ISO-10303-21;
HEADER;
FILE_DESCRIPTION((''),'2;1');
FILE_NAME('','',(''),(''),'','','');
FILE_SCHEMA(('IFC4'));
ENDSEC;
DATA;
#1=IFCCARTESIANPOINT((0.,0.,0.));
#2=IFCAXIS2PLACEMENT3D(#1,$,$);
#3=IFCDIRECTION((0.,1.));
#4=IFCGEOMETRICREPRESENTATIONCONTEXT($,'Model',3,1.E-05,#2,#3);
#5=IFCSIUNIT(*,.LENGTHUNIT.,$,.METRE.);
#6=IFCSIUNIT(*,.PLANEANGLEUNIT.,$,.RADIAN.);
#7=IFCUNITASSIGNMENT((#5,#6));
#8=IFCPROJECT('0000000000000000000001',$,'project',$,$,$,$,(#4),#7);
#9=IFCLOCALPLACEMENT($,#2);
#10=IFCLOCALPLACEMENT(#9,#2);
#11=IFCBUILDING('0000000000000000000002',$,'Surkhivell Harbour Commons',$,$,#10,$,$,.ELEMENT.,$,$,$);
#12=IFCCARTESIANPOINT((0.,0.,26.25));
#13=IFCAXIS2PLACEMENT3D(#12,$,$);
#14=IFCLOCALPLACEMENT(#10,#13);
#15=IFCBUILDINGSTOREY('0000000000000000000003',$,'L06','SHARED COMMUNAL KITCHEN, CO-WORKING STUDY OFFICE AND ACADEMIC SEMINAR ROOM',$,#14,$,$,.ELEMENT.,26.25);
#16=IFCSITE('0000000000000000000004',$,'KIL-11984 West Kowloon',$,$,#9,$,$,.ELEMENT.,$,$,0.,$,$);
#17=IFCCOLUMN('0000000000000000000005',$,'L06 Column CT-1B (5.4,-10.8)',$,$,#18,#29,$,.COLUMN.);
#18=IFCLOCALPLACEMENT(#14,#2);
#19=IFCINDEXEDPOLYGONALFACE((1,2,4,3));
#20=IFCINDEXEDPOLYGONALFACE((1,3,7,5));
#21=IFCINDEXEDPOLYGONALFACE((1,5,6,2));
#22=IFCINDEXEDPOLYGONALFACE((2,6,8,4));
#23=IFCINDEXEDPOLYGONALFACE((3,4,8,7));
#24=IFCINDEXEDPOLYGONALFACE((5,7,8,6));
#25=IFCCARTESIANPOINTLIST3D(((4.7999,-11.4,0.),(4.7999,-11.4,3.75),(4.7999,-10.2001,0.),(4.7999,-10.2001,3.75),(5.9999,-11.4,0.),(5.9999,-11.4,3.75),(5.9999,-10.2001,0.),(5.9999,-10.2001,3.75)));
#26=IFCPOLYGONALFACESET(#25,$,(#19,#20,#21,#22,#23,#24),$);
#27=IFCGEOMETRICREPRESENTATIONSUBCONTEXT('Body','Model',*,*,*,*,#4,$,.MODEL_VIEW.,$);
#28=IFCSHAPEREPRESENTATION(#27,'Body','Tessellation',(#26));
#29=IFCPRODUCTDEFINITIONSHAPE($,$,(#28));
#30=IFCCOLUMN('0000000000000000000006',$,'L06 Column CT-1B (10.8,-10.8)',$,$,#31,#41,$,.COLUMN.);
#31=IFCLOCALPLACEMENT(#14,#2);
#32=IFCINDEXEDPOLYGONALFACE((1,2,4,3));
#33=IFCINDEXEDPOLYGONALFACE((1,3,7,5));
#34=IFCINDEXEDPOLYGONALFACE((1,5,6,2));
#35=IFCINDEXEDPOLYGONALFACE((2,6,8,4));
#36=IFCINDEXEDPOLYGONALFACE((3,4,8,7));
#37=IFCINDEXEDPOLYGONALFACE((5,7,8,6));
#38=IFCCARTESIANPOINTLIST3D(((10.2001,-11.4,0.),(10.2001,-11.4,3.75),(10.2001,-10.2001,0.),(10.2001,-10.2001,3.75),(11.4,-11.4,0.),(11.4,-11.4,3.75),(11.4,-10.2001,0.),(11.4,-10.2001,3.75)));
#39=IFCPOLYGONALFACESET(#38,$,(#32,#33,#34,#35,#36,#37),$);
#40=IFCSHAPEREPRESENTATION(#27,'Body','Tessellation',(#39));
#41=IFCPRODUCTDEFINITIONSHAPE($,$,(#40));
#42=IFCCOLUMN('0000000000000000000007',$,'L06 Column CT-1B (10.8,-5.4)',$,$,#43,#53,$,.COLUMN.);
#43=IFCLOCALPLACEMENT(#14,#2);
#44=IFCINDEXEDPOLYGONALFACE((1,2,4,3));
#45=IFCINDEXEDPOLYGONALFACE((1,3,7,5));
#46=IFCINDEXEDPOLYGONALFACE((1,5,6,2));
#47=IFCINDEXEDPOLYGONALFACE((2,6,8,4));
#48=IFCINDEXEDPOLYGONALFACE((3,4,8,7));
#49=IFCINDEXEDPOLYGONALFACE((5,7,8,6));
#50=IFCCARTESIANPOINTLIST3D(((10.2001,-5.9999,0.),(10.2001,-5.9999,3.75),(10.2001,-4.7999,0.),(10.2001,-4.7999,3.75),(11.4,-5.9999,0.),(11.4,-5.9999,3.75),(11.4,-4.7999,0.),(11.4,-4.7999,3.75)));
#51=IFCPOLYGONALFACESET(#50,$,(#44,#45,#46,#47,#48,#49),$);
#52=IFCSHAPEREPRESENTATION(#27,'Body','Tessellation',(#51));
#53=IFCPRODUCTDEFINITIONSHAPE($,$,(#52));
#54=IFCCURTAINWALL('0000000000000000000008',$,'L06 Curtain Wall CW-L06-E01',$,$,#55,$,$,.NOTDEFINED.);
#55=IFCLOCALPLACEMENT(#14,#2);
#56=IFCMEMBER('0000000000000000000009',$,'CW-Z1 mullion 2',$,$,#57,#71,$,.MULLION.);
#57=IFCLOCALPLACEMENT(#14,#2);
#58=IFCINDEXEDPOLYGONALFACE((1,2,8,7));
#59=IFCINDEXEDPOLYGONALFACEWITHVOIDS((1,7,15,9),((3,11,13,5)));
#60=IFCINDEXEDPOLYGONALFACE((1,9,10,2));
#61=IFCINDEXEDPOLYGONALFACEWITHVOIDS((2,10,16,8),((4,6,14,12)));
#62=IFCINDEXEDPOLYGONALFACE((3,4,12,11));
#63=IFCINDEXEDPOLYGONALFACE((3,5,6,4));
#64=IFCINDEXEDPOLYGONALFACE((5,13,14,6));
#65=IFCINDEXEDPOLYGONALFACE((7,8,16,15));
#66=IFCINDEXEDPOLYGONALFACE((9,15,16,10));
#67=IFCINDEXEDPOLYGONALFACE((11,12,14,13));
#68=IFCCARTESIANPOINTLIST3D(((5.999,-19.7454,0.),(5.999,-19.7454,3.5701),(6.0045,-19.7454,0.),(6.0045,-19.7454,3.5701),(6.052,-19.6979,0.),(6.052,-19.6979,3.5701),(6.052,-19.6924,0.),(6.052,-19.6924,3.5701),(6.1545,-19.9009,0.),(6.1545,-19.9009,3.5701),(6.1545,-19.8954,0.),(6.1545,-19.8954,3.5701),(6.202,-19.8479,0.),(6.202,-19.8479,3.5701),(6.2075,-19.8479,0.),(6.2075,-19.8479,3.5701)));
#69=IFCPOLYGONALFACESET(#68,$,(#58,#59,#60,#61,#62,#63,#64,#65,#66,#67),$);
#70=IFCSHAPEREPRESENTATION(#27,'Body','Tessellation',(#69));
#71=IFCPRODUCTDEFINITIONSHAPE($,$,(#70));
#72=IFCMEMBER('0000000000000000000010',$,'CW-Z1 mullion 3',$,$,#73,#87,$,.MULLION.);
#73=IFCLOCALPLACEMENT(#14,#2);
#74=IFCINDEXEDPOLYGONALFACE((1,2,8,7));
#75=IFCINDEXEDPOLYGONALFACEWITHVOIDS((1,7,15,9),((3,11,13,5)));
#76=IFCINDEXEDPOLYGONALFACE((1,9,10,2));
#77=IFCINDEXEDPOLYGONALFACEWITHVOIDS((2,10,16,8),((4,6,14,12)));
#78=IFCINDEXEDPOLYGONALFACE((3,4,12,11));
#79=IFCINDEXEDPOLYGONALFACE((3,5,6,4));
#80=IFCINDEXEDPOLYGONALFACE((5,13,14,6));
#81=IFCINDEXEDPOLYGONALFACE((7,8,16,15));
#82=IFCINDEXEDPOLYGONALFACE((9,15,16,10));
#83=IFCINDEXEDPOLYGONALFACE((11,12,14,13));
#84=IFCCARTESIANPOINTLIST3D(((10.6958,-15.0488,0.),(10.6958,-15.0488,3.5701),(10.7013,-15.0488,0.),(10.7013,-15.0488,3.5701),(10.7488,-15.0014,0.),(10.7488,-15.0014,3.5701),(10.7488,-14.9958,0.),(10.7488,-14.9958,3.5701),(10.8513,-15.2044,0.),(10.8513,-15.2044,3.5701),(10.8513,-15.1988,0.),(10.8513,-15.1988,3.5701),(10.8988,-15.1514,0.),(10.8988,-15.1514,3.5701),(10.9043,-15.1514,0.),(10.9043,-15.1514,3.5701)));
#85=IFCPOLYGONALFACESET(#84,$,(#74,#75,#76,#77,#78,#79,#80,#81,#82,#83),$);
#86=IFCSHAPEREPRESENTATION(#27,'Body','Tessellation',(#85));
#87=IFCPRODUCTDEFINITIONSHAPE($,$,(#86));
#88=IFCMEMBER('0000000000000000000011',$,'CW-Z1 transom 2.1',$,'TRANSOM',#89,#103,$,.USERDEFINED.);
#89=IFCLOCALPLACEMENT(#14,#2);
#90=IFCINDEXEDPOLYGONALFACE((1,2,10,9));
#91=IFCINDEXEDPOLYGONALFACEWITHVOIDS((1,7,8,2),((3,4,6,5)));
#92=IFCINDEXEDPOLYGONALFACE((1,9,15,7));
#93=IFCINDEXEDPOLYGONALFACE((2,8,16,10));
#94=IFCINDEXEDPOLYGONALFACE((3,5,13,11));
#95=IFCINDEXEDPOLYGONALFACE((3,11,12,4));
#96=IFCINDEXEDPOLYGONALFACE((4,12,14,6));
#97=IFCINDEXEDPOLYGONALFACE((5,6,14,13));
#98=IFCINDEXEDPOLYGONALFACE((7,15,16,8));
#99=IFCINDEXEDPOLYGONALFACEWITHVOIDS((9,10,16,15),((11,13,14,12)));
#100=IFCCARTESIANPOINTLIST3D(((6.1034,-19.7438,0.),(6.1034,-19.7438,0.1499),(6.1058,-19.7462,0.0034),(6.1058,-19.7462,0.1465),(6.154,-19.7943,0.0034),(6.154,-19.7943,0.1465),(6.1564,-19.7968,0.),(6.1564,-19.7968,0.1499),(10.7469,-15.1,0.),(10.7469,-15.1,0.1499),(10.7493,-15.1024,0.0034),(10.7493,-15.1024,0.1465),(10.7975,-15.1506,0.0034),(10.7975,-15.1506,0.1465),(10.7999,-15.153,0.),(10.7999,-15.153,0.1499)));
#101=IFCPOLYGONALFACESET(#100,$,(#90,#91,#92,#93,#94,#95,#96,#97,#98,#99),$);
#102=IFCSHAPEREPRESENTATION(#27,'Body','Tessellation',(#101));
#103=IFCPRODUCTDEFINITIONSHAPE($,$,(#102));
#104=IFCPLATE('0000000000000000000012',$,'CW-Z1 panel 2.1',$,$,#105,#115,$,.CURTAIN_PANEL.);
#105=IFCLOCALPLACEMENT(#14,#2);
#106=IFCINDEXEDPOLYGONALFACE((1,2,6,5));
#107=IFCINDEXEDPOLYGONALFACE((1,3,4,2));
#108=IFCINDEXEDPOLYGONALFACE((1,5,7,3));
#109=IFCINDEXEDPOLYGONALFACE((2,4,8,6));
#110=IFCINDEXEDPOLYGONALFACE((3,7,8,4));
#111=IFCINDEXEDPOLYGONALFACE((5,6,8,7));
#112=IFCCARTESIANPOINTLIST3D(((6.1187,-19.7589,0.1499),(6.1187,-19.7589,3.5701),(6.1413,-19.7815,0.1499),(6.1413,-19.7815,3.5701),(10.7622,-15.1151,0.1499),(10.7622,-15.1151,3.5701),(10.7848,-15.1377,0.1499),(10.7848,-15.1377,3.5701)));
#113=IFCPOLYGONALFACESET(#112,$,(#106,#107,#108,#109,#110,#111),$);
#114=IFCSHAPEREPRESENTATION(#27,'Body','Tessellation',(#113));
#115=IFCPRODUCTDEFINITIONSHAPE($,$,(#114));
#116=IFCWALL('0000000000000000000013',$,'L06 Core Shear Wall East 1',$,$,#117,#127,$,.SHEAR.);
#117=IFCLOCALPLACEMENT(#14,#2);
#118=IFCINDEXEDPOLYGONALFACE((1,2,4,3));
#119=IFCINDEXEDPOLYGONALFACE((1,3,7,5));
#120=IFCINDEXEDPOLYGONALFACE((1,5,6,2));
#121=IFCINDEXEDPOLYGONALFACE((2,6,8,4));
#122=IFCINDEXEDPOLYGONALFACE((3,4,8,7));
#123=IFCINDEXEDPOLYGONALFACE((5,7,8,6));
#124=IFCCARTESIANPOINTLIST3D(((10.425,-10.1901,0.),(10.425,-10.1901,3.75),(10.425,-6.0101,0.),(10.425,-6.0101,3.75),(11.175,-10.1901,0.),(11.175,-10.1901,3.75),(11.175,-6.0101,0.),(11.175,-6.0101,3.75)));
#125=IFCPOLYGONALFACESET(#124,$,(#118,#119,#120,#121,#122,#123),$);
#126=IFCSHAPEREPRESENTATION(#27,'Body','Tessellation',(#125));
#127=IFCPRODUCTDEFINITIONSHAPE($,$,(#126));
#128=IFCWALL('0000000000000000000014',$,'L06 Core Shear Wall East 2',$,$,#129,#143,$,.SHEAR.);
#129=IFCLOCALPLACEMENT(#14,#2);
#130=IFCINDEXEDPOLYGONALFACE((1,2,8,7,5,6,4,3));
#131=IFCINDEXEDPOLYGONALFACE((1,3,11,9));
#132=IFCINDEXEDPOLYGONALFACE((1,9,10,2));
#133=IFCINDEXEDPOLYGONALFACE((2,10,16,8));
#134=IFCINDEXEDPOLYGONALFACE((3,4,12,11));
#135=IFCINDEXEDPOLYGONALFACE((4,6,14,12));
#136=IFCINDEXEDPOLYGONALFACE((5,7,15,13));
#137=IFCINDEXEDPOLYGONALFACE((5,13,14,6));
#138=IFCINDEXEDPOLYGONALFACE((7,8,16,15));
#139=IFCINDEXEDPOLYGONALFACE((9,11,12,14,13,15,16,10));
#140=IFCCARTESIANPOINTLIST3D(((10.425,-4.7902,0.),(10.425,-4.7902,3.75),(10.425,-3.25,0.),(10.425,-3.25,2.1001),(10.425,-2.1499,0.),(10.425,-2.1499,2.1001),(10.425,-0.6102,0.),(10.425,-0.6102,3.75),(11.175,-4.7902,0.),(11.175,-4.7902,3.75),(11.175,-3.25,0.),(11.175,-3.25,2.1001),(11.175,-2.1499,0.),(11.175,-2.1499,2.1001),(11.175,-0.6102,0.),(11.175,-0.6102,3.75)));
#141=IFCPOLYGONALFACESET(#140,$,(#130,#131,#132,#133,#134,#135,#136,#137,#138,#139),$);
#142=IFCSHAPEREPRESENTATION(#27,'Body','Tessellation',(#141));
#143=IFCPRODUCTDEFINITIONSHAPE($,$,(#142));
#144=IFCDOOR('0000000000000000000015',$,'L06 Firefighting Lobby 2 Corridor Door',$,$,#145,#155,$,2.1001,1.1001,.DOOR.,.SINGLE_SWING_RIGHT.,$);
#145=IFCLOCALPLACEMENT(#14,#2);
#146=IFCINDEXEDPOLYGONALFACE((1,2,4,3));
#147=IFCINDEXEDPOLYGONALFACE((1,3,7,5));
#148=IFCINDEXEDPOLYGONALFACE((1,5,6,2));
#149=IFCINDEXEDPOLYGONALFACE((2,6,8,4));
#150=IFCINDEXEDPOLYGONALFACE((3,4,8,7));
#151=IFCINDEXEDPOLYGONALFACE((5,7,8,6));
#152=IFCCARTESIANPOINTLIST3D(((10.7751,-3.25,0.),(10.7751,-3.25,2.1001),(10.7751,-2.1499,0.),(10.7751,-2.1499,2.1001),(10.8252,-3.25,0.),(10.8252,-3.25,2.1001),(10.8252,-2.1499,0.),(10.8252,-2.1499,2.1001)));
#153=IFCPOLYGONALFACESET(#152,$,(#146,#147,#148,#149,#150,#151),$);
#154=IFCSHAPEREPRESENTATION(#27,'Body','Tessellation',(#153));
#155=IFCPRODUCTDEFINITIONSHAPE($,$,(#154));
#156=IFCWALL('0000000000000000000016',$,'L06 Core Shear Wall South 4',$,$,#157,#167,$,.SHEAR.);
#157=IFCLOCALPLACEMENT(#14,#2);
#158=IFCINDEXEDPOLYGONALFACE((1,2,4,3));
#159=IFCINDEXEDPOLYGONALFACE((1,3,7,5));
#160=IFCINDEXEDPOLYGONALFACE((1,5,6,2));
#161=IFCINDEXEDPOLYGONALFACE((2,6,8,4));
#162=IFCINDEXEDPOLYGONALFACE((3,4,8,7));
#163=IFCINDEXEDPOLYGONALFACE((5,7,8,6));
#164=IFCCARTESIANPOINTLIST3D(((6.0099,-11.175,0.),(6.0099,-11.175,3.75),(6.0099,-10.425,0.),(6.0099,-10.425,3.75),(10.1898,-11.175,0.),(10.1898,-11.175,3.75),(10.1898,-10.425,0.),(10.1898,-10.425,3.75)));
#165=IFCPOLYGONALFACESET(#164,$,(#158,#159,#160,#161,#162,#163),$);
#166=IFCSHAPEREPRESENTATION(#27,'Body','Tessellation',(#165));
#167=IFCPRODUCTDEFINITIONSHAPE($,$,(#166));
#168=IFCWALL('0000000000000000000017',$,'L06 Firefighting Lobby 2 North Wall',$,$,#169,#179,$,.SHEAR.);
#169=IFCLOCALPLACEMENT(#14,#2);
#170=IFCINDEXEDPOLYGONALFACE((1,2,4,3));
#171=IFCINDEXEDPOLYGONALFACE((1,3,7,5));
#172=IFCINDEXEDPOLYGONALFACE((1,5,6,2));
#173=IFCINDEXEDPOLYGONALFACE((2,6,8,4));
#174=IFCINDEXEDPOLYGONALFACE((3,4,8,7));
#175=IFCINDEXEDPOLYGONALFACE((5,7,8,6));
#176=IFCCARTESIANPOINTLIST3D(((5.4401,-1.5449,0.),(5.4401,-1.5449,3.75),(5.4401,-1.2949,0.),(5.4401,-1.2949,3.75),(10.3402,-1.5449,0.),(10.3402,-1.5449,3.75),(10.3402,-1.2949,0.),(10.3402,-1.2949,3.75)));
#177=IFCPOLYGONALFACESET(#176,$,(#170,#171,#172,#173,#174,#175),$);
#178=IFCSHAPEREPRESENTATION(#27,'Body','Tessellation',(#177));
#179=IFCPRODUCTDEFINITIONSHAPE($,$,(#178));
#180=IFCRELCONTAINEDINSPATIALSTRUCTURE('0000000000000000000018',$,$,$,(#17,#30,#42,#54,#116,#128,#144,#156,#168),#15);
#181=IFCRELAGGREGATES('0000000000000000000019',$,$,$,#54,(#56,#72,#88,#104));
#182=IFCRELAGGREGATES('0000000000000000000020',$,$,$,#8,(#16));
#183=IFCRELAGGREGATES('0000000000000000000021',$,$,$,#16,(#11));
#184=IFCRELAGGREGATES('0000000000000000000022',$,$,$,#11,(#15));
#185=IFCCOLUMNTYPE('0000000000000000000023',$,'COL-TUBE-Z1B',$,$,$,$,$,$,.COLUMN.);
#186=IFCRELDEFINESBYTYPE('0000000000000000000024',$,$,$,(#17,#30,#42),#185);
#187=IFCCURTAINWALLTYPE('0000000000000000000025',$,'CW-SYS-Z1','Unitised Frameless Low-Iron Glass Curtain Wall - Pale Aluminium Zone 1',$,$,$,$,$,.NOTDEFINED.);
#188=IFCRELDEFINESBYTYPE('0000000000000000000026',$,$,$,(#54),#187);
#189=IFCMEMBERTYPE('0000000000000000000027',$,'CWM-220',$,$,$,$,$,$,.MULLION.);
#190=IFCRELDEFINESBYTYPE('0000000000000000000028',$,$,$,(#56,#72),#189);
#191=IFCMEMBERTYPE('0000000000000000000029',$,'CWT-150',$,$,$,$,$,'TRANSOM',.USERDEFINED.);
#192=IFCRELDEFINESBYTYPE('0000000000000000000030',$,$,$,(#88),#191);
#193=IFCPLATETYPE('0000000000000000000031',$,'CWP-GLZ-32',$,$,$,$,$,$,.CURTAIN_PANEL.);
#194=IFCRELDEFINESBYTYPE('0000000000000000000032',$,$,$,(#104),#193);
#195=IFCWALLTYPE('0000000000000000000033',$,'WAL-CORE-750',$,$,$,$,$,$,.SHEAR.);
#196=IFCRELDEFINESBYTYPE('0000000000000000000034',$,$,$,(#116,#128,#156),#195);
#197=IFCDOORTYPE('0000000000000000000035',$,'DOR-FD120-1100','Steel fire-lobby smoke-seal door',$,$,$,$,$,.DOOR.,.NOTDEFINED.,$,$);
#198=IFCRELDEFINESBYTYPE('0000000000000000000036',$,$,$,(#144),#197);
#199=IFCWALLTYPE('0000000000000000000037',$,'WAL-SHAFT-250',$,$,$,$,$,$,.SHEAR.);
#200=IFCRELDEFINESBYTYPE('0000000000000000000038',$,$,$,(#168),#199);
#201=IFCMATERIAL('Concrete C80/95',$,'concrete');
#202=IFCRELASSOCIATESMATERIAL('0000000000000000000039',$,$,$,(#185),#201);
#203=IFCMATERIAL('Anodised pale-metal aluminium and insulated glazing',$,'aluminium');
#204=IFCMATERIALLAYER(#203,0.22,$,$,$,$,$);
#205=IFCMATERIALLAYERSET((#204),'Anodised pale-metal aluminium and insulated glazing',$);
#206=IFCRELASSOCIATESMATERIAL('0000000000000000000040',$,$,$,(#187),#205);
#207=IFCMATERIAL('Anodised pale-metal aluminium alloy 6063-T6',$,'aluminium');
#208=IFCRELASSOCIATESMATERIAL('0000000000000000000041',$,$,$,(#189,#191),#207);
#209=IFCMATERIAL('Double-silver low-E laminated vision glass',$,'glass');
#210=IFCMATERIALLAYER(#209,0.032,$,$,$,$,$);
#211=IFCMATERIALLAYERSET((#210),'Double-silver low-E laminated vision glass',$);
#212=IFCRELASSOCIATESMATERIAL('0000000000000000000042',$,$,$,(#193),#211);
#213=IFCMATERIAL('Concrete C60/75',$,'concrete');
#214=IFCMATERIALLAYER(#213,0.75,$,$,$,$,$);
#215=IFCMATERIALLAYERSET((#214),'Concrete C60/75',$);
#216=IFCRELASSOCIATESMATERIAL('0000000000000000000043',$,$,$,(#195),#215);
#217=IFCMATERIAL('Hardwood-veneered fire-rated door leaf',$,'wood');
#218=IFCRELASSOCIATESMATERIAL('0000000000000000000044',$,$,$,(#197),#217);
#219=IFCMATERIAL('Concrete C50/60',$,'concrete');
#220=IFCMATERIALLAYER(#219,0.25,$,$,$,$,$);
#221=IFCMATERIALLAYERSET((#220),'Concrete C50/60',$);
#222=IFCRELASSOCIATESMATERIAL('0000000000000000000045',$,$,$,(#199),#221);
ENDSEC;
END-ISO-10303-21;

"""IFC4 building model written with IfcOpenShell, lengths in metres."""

from ifc_helpers import new_model, si_unit, direction, frame, frame_2d, origin, origin_2d, place, context, subcontext, project, spatial, rectangle, hollow_rectangle, extrude, material, layer, layer_set, material_profile, profile_set, type_object, element, fill, aggregate, save


model = new_model("IFC4")

# Units and contexts
model_context = context("Model", 3, precision=1e-05, world=origin(), true_north=direction((0.0, 1.0)))
body_context = subcontext(model_context, "Body", "Model", "MODEL_VIEW")
ifc_project = project(units=[si_unit("LENGTHUNIT", "METRE"), si_unit("PLANEANGLEUNIT", "RADIAN")], contexts=[model_context])

# Site, building, storey
site_placement = place(None, origin())
site = spatial("IfcSite", under=ifc_project, at=site_placement, Name="KIL-11984 West Kowloon", CompositionType="ELEMENT", RefElevation=0.0)
building_placement = place(site_placement, origin())
building = spatial("IfcBuilding", under=site, at=building_placement, Name="Surkhivell Harbour Commons", CompositionType="ELEMENT")
storey_placement = place(building_placement, frame((0.0, 0.0, 26.25)))
storey = spatial("IfcBuildingStorey", under=building, at=storey_placement, Name="L06", Description="SHARED COMMUNAL KITCHEN, CO-WORKING STUDY OFFICE AND ACADEMIC SEMINAR ROOM", CompositionType="ELEMENT", Elevation=26.25)

# Columns
ifc_material_1 = material(Name="Concrete C80/95", Category="concrete")
ifc_material_profile_1 = material_profile(ifc_material_1, rectangle(XDim=1.2, YDim=1.2, at=origin_2d()), Name="RC-COL-1200x1200")
ifc_profile_set_1 = profile_set([ifc_material_profile_1], Name="Concrete C80/95")
column_type = type_object("IfcColumnType", Name="COL-TUBE-Z1B", PredefinedType="COLUMN", material=ifc_profile_set_1)
for number, where, z_axis, x_axis, name in (
    (1, (5.3999, -10.8, 0.0), (0.0, 0.0, 1.0), (1.0, 0.0, 0.0), "L06 Column CT-1B (5.4,-10.8)"),
    (2, (10.8, -10.8, 0.0), (0.0, 0.0, 1.0), (1.0, 0.0, 0.0), "L06 Column CT-1B (10.8,-10.8)"),
    (3, (10.8, -5.3999, 0.0), (0.0, 0.0, 1.0), (1.0, 0.0, 0.0), "L06 Column CT-1B (10.8,-5.4)"),
):
    element("IfcColumn", number, at=place(storey_placement, frame(where, z_axis=z_axis, x_axis=x_axis)), inside=storey, type_object=column_type, Name=name, PredefinedType="COLUMN", context=body_context, shape_type="SweptSolid", body=[
        extrude(rectangle(XDim=1.2, YDim=1.2, at=origin_2d()), origin(), (0.0, 0.0, 1.0), 3.75),
    ])

# Curtain wall, members, plate
ifc_material_2 = material(Name="Anodised pale-metal aluminium and insulated glazing", Category="aluminium")
ifc_layer_1 = layer(ifc_material_2, 0.22)
ifc_layer_set_1 = layer_set([ifc_layer_1], Name="Anodised pale-metal aluminium and insulated glazing")
curtain_wall_type = type_object("IfcCurtainWallType", Name="CW-SYS-Z1", Description="Unitised Frameless Low-Iron Glass Curtain Wall - Pale Aluminium Zone 1", PredefinedType="NOTDEFINED", material=ifc_layer_set_1)
curtain_wall_placement = place(storey_placement, origin())
curtain_wall = element("IfcCurtainWall", 4, at=curtain_wall_placement, inside=storey, type_object=curtain_wall_type, Name="L06 Curtain Wall CW-L06-E01", PredefinedType="NOTDEFINED")
ifc_material_3 = material(Name="Anodised pale-metal aluminium alloy 6063-T6", Category="aluminium")
ifc_material_profile_2 = material_profile(ifc_material_3, hollow_rectangle(XDim=0.075, YDim=0.22, WallThickness=0.0039, at=origin_2d()), Name="ALU-MULL-75x220")
ifc_profile_set_2 = profile_set([ifc_material_profile_2], Name="Anodised pale-metal aluminium alloy 6063-T6")
member_type_1 = type_object("IfcMemberType", Name="CWM-220", PredefinedType="MULLION", material=ifc_profile_set_2)
member_1_placement = place(storey_placement, frame((6.1033, -19.7966, 0.0), z_axis=(0.0, 0.0, 1.0), x_axis=(0.707107, 0.707107, 0.0)))
member_1 = element("IfcMember", 5, at=member_1_placement, type_object=member_type_1, Name="CW-Z1 mullion 2", PredefinedType="MULLION", context=body_context, shape_type="SweptSolid", body=[
    extrude(hollow_rectangle(XDim=0.075, YDim=0.22, WallThickness=0.0039, at=origin_2d()), origin(), (0.0, 0.0, 1.0), 3.5701),
])
member_2_placement = place(storey_placement, frame((10.8, -15.1001, 0.0), z_axis=(0.0, 0.0, 1.0), x_axis=(0.707107, 0.707107, 0.0)))
member_2 = element("IfcMember", 6, at=member_2_placement, type_object=member_type_1, Name="CW-Z1 mullion 3", PredefinedType="MULLION", context=body_context, shape_type="SweptSolid", body=[
    extrude(hollow_rectangle(XDim=0.075, YDim=0.22, WallThickness=0.0039, at=origin_2d()), origin(), (0.0, 0.0, 1.0), 3.5701),
])
ifc_material_profile_3 = material_profile(ifc_material_3, hollow_rectangle(XDim=0.075, YDim=0.1499, WallThickness=0.0034, at=origin_2d()), Name="ALU-TRAN-75x150")
ifc_profile_set_3 = profile_set([ifc_material_profile_3], Name="Anodised pale-metal aluminium alloy 6063-T6")
member_type_2 = type_object("IfcMemberType", Name="CWT-150", ElementType="TRANSOM", PredefinedType="USERDEFINED", material=ifc_profile_set_3)
member_3_placement = place(storey_placement, frame((6.1299, -19.7703, 0.075), z_axis=(0.707088, 0.707125, 0.0), x_axis=(-0.707125, 0.707088, 0.0)))
member_3 = element("IfcMember", 7, at=member_3_placement, type_object=member_type_2, Name="CW-Z1 transom 2.1", ObjectType="TRANSOM", PredefinedType="USERDEFINED", context=body_context, shape_type="SweptSolid", body=[
    extrude(hollow_rectangle(XDim=0.075, YDim=0.1499, WallThickness=0.0034, at=origin_2d()), origin(), (0.0, 0.0, 1.0), 6.5671),
])
ifc_material_4 = material(Name="Double-silver low-E laminated vision glass", Category="glass")
ifc_layer_2 = layer(ifc_material_4, 0.032)
ifc_layer_set_2 = layer_set([ifc_layer_2], Name="Double-silver low-E laminated vision glass")
plate_type = type_object("IfcPlateType", Name="CWP-GLZ-32", PredefinedType="CURTAIN_PANEL", material=ifc_layer_set_2)
plate_placement = place(storey_placement, frame((6.1299, -19.7703, 0.1499), z_axis=(0.0, 0.0, 1.0), x_axis=(0.707088, 0.707125, 0.0)))
plate = element("IfcPlate", 8, at=plate_placement, type_object=plate_type, Name="CW-Z1 panel 2.1", PredefinedType="CURTAIN_PANEL", context=body_context, shape_type="SweptSolid", body=[
    extrude(rectangle(XDim=6.5671, YDim=0.032, at=frame_2d((3.2837, 0.0))), origin(), (0.0, 0.0, 1.0), 3.4202),
])
aggregate(curtain_wall, [member_1, member_2, member_3, plate])

# Wall
ifc_material_5 = material(Name="Concrete C60/75", Category="concrete")
ifc_layer_3 = layer(ifc_material_5, 0.75)
ifc_layer_set_3 = layer_set([ifc_layer_3], Name="Concrete C60/75")
wall_type_1 = type_object("IfcWallType", Name="WAL-CORE-750", PredefinedType="SHEAR", material=ifc_layer_set_3)
wall_1_placement = place(storey_placement, frame((10.8, -10.1899, 0.0), z_axis=(0.0, 0.0, 1.0), x_axis=(0.0, 1.0, 0.0)))
element("IfcWall", 9, at=wall_1_placement, inside=storey, type_object=wall_type_1, Name="L06 Core Shear Wall East 1", PredefinedType="SHEAR", context=body_context, shape_type="SweptSolid", body=[
    extrude(rectangle(XDim=4.1799, YDim=0.75, at=frame_2d((2.0898, 0.0))), origin(), (0.0, 0.0, 1.0), 3.75),
])

# Wall, opening, door
wall_2_placement = place(storey_placement, frame((10.8, -4.79, 0.0), z_axis=(0.0, 0.0, 1.0), x_axis=(0.0, 1.0, 0.0)))
wall_2 = element("IfcWall", 10, at=wall_2_placement, inside=storey, type_object=wall_type_1, Name="L06 Core Shear Wall East 2", PredefinedType="SHEAR", context=body_context, shape_type="SweptSolid", body=[
    extrude(rectangle(XDim=4.1799, YDim=0.75, at=frame_2d((2.0898, 0.0))), origin(), (0.0, 0.0, 1.0), 3.75),
])
opening_1_placement = place(wall_2_placement, frame((1.54, 0.0, 0.0)))
opening_1 = element("IfcOpeningElement", 11, at=opening_1_placement, cuts=wall_2, PredefinedType="OPENING", context=body_context, shape_type="SweptSolid", body=[
    extrude(rectangle(XDim=1.1001, YDim=2.1001, at=frame_2d((0.55, 1.05))), frame((0.0, 0.385, 0.0), z_axis=(0.0, -1.0, 0.0), x_axis=(1.0, 0.0, 0.0)), (0.0, 0.0, 1.0), 0.77),
])
ifc_material_6 = material(Name="Hardwood-veneered fire-rated door leaf", Category="wood")
door_type_1 = type_object("IfcDoorType", Name="DOR-FD120-1100", Description="Steel fire-lobby smoke-seal door", OperationType="NOTDEFINED", PredefinedType="DOOR", material=ifc_material_6)
door_1_placement = place(opening_1_placement, origin())
door_1 = element("IfcDoor", 12, at=door_1_placement, inside=storey, type_object=door_type_1, Name="L06 Firefighting Lobby 2 Corridor Door", OperationType="SINGLE_SWING_RIGHT", OverallHeight=2.1001, OverallWidth=1.1001, PredefinedType="DOOR", context=body_context, shape_type="SweptSolid", body=[
    extrude(rectangle(XDim=1.1001, YDim=2.1001, at=frame_2d((0.55, 1.05))), frame((0.0, 0.0249, 0.0), z_axis=(0.0, -1.0, 0.0), x_axis=(1.0, 0.0, 0.0)), (0.0, 0.0, 1.0), 0.05),
])
fill(opening_1, door_1)

# Walls
wall_3_placement = place(storey_placement, frame((6.01, -10.8, 0.0), z_axis=(0.0, 0.0, 1.0), x_axis=(1.0, 0.0, 0.0)))
element("IfcWall", 13, at=wall_3_placement, inside=storey, type_object=wall_type_1, Name="L06 Core Shear Wall South 4", PredefinedType="SHEAR", context=body_context, shape_type="SweptSolid", body=[
    extrude(rectangle(XDim=4.1799, YDim=0.75, at=frame_2d((2.0898, 0.0))), origin(), (0.0, 0.0, 1.0), 3.75),
])
ifc_material_7 = material(Name="Concrete C50/60", Category="concrete")
ifc_layer_4 = layer(ifc_material_7, 0.25)
ifc_layer_set_4 = layer_set([ifc_layer_4], Name="Concrete C50/60")
wall_type_2 = type_object("IfcWallType", Name="WAL-SHAFT-250", PredefinedType="SHEAR", material=ifc_layer_set_4)
wall_4_placement = place(storey_placement, frame((5.4399, -1.4199, 0.0), z_axis=(0.0, 0.0, 1.0), x_axis=(1.0, 0.0, 0.0)))
element("IfcWall", 14, at=wall_4_placement, inside=storey, type_object=wall_type_2, Name="L06 Firefighting Lobby 2 North Wall", PredefinedType="SHEAR", context=body_context, shape_type="SweptSolid", body=[
    extrude(rectangle(XDim=4.9001, YDim=0.25, at=frame_2d((2.4502, 0.0))), origin(), (0.0, 0.0, 1.0), 3.75),
])

save(model, "model.ifc")
